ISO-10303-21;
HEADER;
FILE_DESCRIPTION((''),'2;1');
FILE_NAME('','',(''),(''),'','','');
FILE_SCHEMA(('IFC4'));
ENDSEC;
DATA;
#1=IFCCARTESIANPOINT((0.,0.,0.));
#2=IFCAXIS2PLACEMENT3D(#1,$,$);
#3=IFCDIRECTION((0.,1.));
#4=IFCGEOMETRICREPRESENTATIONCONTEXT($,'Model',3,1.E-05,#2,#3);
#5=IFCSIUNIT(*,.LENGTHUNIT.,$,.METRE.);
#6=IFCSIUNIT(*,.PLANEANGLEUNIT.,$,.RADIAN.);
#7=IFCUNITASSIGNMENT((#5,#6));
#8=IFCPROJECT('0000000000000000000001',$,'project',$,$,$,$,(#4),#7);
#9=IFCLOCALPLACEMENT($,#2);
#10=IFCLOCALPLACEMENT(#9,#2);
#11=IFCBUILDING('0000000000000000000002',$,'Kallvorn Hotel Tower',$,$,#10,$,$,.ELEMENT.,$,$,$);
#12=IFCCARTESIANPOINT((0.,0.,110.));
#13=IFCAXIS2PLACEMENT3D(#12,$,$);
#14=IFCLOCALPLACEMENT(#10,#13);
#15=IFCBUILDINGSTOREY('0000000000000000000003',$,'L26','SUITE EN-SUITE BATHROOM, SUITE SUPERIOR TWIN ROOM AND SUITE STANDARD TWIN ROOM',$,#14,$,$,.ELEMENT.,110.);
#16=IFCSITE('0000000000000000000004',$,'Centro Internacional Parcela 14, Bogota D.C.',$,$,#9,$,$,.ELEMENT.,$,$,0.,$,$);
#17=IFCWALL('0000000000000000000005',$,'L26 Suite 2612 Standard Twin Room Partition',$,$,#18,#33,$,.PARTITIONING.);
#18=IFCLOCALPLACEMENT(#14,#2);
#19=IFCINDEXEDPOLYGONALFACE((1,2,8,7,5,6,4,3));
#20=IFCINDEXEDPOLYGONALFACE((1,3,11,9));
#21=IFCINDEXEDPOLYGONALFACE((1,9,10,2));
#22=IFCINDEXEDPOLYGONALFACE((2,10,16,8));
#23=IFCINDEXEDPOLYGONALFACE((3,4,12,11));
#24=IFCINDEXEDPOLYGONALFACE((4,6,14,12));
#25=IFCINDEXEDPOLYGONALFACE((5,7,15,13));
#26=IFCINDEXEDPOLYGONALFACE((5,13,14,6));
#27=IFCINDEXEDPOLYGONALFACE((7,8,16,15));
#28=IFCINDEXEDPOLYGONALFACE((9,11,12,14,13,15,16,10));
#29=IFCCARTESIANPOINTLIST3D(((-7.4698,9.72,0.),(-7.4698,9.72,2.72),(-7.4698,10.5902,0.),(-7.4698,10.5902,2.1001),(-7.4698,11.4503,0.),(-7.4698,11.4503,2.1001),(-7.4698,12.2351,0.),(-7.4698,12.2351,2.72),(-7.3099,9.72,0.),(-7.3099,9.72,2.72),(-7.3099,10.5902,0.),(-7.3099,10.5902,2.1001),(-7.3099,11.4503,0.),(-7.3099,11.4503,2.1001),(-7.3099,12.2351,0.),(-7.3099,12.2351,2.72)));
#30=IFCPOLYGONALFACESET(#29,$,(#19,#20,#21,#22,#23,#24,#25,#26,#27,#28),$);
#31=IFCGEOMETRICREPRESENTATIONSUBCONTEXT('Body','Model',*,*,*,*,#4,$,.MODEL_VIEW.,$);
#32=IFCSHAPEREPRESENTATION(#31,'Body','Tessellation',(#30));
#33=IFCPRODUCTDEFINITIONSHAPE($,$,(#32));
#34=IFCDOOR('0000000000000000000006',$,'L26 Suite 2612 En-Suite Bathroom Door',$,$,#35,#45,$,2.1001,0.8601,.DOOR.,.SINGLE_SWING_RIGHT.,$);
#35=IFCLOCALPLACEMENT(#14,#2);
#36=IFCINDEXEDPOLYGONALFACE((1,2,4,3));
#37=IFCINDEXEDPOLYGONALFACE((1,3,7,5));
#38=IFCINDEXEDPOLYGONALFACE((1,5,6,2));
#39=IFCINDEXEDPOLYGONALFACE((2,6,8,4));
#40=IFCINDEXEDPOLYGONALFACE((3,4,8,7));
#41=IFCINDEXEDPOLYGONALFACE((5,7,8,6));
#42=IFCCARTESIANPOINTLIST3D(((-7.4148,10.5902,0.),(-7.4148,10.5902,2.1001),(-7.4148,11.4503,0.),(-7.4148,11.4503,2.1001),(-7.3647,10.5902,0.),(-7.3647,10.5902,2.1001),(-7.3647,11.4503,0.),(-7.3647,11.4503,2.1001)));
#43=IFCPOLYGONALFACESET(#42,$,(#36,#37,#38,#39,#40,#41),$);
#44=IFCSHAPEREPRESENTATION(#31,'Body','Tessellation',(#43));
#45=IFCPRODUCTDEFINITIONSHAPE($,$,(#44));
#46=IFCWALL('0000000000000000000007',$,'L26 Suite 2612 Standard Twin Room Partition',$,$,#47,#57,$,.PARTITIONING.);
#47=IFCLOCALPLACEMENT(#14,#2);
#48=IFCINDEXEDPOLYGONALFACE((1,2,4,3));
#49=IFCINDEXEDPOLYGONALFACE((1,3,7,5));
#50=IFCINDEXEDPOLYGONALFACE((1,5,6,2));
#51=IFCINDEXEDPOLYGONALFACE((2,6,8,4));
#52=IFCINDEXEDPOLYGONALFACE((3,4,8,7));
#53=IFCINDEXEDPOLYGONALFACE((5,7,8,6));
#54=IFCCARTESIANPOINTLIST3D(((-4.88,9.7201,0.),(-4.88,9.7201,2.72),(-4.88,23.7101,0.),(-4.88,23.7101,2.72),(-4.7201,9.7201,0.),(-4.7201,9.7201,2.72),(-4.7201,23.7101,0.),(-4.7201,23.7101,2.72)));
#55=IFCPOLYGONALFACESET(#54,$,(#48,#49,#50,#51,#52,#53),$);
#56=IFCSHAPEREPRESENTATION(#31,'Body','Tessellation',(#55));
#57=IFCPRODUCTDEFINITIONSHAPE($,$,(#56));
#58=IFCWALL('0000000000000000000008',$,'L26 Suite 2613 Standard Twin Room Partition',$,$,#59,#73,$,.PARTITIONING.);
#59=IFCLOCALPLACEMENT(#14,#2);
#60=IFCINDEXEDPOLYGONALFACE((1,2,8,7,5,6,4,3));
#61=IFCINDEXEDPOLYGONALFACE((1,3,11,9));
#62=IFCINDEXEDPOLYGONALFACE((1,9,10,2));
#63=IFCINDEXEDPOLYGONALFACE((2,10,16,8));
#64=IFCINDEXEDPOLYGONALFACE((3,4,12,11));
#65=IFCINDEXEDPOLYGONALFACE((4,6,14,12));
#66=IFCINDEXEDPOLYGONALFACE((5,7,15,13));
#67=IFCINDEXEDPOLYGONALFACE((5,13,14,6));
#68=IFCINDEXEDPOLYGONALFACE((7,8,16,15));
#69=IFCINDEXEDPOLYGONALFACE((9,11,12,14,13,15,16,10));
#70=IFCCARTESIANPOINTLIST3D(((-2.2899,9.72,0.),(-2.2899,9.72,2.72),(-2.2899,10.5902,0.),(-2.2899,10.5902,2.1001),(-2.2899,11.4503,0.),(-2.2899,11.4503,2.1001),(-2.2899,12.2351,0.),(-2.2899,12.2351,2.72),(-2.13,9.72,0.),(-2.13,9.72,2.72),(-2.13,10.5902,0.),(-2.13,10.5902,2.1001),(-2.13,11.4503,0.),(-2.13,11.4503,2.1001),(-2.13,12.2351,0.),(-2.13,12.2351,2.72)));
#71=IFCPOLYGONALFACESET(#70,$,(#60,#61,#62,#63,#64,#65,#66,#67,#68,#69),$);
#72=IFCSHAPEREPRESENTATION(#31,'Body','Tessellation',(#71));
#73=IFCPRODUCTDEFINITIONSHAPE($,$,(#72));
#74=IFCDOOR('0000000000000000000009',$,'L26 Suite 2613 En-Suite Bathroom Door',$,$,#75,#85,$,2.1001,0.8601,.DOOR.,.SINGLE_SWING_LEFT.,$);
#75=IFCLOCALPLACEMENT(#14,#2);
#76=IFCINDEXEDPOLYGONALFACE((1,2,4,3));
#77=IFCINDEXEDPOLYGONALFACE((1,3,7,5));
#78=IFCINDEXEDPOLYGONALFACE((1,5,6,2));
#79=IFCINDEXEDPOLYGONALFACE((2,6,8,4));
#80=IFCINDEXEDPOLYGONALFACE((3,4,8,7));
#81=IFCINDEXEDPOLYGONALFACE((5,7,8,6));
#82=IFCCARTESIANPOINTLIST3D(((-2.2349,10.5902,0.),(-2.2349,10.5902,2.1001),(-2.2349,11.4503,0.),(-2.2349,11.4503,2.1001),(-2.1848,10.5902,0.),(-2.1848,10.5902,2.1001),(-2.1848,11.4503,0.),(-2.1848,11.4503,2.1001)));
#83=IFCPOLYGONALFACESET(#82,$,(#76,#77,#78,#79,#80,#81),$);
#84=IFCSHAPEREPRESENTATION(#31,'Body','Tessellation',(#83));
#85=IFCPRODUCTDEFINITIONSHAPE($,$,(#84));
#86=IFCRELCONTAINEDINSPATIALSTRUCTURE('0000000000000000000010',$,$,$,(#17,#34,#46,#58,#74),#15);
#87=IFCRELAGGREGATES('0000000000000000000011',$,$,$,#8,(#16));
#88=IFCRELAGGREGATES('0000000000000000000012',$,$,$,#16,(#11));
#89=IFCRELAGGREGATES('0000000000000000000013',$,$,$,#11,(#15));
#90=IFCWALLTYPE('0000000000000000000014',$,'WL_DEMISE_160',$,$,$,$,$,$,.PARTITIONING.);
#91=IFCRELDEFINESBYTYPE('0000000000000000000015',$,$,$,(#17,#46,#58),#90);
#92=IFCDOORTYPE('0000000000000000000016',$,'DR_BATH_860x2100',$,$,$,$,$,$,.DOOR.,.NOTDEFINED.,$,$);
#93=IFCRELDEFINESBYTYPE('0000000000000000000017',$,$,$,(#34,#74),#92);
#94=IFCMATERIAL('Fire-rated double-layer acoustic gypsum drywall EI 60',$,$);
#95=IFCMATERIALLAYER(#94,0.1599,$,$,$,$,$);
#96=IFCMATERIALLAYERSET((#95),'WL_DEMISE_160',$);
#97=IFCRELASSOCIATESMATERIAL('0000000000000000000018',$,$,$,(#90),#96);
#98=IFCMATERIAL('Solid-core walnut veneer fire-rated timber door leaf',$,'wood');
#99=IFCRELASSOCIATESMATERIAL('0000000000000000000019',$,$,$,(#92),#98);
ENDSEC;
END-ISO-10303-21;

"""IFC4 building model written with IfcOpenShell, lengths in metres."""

from ifc_helpers import new_model, si_unit, direction, frame, frame_2d, origin, place, context, subcontext, project, spatial, rectangle, extrude, material, layer, layer_set, type_object, element, fill, save


model = new_model("IFC4")

# Units and contexts
model_context = context("Model", 3, precision=1e-05, world=origin(), true_north=direction((0.0, 1.0)))
body_context = subcontext(model_context, "Body", "Model", "MODEL_VIEW")
ifc_project = project(units=[si_unit("LENGTHUNIT", "METRE"), si_unit("PLANEANGLEUNIT", "RADIAN")], contexts=[model_context])

# Site, building, storey
site_placement = place(None, origin())
site = spatial("IfcSite", under=ifc_project, at=site_placement, Name="Centro Internacional Parcela 14, Bogota D.C.", CompositionType="ELEMENT", RefElevation=0.0)
building_placement = place(site_placement, origin())
building = spatial("IfcBuilding", under=site, at=building_placement, Name="Kallvorn Hotel Tower", CompositionType="ELEMENT")
storey_placement = place(building_placement, frame((0.0, 0.0, 110.0)))
storey = spatial("IfcBuildingStorey", under=building, at=storey_placement, Name="L26", Description="SUITE EN-SUITE BATHROOM, SUITE SUPERIOR TWIN ROOM AND SUITE STANDARD TWIN ROOM", CompositionType="ELEMENT", Elevation=110.0)

# Shared definitions
ifc_material_1 = material(Name="Fire-rated double-layer acoustic gypsum drywall EI 60")
ifc_layer_1 = layer(ifc_material_1, 0.1599)
ifc_layer_set_1 = layer_set([ifc_layer_1], Name="WL_DEMISE_160")
wall_type = type_object("IfcWallType", Name="WL_DEMISE_160", PredefinedType="PARTITIONING", material=ifc_layer_set_1)

# Wall, opening, door
wall_1_placement = place(storey_placement, frame((-7.3899, 9.72, 0.0), z_axis=(0.0, 0.0, 1.0), x_axis=(0.0, 1.0, 0.0)))
wall_1 = element("IfcWall", 1, at=wall_1_placement, inside=storey, type_object=wall_type, Name="L26 Suite 2612 Standard Twin Room Partition", PredefinedType="PARTITIONING", context=body_context, shape_type="SweptSolid", body=[
    extrude(rectangle(XDim=2.5151, YDim=0.1599, at=frame_2d((1.2576, 0.0))), origin(), (0.0, 0.0, 1.0), 2.72),
])
opening_1_placement = place(wall_1_placement, frame((0.8701, 0.0, 0.0)))
opening_1 = element("IfcOpeningElement", 2, at=opening_1_placement, cuts=wall_1, PredefinedType="OPENING", context=body_context, shape_type="SweptSolid", body=[
    extrude(rectangle(XDim=0.8601, YDim=2.1001, at=frame_2d((0.4302, 1.05))), frame((0.0, 0.095, 0.0), z_axis=(0.0, -1.0, 0.0), x_axis=(1.0, 0.0, 0.0)), (0.0, 0.0, 1.0), 0.1899),
])
ifc_material_2 = material(Name="Solid-core walnut veneer fire-rated timber door leaf", Category="wood")
door_type = type_object("IfcDoorType", Name="DR_BATH_860x2100", OperationType="NOTDEFINED", PredefinedType="DOOR", material=ifc_material_2)
door_1_placement = place(opening_1_placement, origin())
door_1 = element("IfcDoor", 3, at=door_1_placement, inside=storey, type_object=door_type, Name="L26 Suite 2612 En-Suite Bathroom Door", OperationType="SINGLE_SWING_RIGHT", OverallHeight=2.1001, OverallWidth=0.8601, PredefinedType="DOOR", context=body_context, shape_type="SweptSolid", body=[
    extrude(rectangle(XDim=0.8601, YDim=2.1001, at=frame_2d((0.4302, 1.05))), frame((0.0, 0.0249, 0.0), z_axis=(0.0, -1.0, 0.0), x_axis=(1.0, 0.0, 0.0)), (0.0, 0.0, 1.0), 0.05),
])
fill(opening_1, door_1)

# Wall
wall_2_placement = place(storey_placement, frame((-4.8, 9.72, 0.0), z_axis=(0.0, 0.0, 1.0), x_axis=(0.0, 1.0, 0.0)))
element("IfcWall", 4, at=wall_2_placement, inside=storey, type_object=wall_type, Name="L26 Suite 2612 Standard Twin Room Partition", PredefinedType="PARTITIONING", context=body_context, shape_type="SweptSolid", body=[
    extrude(rectangle(XDim=13.99, YDim=0.1599, at=frame_2d((6.9951, 0.0))), origin(), (0.0, 0.0, 1.0), 2.72),
])

# Wall, opening, door
wall_3_placement = place(storey_placement, frame((-2.21, 9.72, 0.0), z_axis=(0.0, 0.0, 1.0), x_axis=(0.0, 1.0, 0.0)))
wall_3 = element("IfcWall", 5, at=wall_3_placement, inside=storey, type_object=wall_type, Name="L26 Suite 2613 Standard Twin Room Partition", PredefinedType="PARTITIONING", context=body_context, shape_type="SweptSolid", body=[
    extrude(rectangle(XDim=2.5151, YDim=0.1599, at=frame_2d((1.2576, 0.0))), origin(), (0.0, 0.0, 1.0), 2.72),
])
opening_2_placement = place(wall_3_placement, frame((0.8701, 0.0, 0.0)))
opening_2 = element("IfcOpeningElement", 6, at=opening_2_placement, cuts=wall_3, PredefinedType="OPENING", context=body_context, shape_type="SweptSolid", body=[
    extrude(rectangle(XDim=0.8601, YDim=2.1001, at=frame_2d((0.4302, 1.05))), frame((0.0, 0.095, 0.0), z_axis=(0.0, -1.0, 0.0), x_axis=(1.0, 0.0, 0.0)), (0.0, 0.0, 1.0), 0.1899),
])
door_2_placement = place(opening_2_placement, origin())
door_2 = element("IfcDoor", 7, at=door_2_placement, inside=storey, type_object=door_type, Name="L26 Suite 2613 En-Suite Bathroom Door", OperationType="SINGLE_SWING_LEFT", OverallHeight=2.1001, OverallWidth=0.8601, PredefinedType="DOOR", context=body_context, shape_type="SweptSolid", body=[
    extrude(rectangle(XDim=0.8601, YDim=2.1001, at=frame_2d((0.4302, 1.05))), frame((0.0, 0.0249, 0.0), z_axis=(0.0, -1.0, 0.0), x_axis=(1.0, 0.0, 0.0)), (0.0, 0.0, 1.0), 0.05),
])
fill(opening_2, door_2)

save(model, "model.ifc")
